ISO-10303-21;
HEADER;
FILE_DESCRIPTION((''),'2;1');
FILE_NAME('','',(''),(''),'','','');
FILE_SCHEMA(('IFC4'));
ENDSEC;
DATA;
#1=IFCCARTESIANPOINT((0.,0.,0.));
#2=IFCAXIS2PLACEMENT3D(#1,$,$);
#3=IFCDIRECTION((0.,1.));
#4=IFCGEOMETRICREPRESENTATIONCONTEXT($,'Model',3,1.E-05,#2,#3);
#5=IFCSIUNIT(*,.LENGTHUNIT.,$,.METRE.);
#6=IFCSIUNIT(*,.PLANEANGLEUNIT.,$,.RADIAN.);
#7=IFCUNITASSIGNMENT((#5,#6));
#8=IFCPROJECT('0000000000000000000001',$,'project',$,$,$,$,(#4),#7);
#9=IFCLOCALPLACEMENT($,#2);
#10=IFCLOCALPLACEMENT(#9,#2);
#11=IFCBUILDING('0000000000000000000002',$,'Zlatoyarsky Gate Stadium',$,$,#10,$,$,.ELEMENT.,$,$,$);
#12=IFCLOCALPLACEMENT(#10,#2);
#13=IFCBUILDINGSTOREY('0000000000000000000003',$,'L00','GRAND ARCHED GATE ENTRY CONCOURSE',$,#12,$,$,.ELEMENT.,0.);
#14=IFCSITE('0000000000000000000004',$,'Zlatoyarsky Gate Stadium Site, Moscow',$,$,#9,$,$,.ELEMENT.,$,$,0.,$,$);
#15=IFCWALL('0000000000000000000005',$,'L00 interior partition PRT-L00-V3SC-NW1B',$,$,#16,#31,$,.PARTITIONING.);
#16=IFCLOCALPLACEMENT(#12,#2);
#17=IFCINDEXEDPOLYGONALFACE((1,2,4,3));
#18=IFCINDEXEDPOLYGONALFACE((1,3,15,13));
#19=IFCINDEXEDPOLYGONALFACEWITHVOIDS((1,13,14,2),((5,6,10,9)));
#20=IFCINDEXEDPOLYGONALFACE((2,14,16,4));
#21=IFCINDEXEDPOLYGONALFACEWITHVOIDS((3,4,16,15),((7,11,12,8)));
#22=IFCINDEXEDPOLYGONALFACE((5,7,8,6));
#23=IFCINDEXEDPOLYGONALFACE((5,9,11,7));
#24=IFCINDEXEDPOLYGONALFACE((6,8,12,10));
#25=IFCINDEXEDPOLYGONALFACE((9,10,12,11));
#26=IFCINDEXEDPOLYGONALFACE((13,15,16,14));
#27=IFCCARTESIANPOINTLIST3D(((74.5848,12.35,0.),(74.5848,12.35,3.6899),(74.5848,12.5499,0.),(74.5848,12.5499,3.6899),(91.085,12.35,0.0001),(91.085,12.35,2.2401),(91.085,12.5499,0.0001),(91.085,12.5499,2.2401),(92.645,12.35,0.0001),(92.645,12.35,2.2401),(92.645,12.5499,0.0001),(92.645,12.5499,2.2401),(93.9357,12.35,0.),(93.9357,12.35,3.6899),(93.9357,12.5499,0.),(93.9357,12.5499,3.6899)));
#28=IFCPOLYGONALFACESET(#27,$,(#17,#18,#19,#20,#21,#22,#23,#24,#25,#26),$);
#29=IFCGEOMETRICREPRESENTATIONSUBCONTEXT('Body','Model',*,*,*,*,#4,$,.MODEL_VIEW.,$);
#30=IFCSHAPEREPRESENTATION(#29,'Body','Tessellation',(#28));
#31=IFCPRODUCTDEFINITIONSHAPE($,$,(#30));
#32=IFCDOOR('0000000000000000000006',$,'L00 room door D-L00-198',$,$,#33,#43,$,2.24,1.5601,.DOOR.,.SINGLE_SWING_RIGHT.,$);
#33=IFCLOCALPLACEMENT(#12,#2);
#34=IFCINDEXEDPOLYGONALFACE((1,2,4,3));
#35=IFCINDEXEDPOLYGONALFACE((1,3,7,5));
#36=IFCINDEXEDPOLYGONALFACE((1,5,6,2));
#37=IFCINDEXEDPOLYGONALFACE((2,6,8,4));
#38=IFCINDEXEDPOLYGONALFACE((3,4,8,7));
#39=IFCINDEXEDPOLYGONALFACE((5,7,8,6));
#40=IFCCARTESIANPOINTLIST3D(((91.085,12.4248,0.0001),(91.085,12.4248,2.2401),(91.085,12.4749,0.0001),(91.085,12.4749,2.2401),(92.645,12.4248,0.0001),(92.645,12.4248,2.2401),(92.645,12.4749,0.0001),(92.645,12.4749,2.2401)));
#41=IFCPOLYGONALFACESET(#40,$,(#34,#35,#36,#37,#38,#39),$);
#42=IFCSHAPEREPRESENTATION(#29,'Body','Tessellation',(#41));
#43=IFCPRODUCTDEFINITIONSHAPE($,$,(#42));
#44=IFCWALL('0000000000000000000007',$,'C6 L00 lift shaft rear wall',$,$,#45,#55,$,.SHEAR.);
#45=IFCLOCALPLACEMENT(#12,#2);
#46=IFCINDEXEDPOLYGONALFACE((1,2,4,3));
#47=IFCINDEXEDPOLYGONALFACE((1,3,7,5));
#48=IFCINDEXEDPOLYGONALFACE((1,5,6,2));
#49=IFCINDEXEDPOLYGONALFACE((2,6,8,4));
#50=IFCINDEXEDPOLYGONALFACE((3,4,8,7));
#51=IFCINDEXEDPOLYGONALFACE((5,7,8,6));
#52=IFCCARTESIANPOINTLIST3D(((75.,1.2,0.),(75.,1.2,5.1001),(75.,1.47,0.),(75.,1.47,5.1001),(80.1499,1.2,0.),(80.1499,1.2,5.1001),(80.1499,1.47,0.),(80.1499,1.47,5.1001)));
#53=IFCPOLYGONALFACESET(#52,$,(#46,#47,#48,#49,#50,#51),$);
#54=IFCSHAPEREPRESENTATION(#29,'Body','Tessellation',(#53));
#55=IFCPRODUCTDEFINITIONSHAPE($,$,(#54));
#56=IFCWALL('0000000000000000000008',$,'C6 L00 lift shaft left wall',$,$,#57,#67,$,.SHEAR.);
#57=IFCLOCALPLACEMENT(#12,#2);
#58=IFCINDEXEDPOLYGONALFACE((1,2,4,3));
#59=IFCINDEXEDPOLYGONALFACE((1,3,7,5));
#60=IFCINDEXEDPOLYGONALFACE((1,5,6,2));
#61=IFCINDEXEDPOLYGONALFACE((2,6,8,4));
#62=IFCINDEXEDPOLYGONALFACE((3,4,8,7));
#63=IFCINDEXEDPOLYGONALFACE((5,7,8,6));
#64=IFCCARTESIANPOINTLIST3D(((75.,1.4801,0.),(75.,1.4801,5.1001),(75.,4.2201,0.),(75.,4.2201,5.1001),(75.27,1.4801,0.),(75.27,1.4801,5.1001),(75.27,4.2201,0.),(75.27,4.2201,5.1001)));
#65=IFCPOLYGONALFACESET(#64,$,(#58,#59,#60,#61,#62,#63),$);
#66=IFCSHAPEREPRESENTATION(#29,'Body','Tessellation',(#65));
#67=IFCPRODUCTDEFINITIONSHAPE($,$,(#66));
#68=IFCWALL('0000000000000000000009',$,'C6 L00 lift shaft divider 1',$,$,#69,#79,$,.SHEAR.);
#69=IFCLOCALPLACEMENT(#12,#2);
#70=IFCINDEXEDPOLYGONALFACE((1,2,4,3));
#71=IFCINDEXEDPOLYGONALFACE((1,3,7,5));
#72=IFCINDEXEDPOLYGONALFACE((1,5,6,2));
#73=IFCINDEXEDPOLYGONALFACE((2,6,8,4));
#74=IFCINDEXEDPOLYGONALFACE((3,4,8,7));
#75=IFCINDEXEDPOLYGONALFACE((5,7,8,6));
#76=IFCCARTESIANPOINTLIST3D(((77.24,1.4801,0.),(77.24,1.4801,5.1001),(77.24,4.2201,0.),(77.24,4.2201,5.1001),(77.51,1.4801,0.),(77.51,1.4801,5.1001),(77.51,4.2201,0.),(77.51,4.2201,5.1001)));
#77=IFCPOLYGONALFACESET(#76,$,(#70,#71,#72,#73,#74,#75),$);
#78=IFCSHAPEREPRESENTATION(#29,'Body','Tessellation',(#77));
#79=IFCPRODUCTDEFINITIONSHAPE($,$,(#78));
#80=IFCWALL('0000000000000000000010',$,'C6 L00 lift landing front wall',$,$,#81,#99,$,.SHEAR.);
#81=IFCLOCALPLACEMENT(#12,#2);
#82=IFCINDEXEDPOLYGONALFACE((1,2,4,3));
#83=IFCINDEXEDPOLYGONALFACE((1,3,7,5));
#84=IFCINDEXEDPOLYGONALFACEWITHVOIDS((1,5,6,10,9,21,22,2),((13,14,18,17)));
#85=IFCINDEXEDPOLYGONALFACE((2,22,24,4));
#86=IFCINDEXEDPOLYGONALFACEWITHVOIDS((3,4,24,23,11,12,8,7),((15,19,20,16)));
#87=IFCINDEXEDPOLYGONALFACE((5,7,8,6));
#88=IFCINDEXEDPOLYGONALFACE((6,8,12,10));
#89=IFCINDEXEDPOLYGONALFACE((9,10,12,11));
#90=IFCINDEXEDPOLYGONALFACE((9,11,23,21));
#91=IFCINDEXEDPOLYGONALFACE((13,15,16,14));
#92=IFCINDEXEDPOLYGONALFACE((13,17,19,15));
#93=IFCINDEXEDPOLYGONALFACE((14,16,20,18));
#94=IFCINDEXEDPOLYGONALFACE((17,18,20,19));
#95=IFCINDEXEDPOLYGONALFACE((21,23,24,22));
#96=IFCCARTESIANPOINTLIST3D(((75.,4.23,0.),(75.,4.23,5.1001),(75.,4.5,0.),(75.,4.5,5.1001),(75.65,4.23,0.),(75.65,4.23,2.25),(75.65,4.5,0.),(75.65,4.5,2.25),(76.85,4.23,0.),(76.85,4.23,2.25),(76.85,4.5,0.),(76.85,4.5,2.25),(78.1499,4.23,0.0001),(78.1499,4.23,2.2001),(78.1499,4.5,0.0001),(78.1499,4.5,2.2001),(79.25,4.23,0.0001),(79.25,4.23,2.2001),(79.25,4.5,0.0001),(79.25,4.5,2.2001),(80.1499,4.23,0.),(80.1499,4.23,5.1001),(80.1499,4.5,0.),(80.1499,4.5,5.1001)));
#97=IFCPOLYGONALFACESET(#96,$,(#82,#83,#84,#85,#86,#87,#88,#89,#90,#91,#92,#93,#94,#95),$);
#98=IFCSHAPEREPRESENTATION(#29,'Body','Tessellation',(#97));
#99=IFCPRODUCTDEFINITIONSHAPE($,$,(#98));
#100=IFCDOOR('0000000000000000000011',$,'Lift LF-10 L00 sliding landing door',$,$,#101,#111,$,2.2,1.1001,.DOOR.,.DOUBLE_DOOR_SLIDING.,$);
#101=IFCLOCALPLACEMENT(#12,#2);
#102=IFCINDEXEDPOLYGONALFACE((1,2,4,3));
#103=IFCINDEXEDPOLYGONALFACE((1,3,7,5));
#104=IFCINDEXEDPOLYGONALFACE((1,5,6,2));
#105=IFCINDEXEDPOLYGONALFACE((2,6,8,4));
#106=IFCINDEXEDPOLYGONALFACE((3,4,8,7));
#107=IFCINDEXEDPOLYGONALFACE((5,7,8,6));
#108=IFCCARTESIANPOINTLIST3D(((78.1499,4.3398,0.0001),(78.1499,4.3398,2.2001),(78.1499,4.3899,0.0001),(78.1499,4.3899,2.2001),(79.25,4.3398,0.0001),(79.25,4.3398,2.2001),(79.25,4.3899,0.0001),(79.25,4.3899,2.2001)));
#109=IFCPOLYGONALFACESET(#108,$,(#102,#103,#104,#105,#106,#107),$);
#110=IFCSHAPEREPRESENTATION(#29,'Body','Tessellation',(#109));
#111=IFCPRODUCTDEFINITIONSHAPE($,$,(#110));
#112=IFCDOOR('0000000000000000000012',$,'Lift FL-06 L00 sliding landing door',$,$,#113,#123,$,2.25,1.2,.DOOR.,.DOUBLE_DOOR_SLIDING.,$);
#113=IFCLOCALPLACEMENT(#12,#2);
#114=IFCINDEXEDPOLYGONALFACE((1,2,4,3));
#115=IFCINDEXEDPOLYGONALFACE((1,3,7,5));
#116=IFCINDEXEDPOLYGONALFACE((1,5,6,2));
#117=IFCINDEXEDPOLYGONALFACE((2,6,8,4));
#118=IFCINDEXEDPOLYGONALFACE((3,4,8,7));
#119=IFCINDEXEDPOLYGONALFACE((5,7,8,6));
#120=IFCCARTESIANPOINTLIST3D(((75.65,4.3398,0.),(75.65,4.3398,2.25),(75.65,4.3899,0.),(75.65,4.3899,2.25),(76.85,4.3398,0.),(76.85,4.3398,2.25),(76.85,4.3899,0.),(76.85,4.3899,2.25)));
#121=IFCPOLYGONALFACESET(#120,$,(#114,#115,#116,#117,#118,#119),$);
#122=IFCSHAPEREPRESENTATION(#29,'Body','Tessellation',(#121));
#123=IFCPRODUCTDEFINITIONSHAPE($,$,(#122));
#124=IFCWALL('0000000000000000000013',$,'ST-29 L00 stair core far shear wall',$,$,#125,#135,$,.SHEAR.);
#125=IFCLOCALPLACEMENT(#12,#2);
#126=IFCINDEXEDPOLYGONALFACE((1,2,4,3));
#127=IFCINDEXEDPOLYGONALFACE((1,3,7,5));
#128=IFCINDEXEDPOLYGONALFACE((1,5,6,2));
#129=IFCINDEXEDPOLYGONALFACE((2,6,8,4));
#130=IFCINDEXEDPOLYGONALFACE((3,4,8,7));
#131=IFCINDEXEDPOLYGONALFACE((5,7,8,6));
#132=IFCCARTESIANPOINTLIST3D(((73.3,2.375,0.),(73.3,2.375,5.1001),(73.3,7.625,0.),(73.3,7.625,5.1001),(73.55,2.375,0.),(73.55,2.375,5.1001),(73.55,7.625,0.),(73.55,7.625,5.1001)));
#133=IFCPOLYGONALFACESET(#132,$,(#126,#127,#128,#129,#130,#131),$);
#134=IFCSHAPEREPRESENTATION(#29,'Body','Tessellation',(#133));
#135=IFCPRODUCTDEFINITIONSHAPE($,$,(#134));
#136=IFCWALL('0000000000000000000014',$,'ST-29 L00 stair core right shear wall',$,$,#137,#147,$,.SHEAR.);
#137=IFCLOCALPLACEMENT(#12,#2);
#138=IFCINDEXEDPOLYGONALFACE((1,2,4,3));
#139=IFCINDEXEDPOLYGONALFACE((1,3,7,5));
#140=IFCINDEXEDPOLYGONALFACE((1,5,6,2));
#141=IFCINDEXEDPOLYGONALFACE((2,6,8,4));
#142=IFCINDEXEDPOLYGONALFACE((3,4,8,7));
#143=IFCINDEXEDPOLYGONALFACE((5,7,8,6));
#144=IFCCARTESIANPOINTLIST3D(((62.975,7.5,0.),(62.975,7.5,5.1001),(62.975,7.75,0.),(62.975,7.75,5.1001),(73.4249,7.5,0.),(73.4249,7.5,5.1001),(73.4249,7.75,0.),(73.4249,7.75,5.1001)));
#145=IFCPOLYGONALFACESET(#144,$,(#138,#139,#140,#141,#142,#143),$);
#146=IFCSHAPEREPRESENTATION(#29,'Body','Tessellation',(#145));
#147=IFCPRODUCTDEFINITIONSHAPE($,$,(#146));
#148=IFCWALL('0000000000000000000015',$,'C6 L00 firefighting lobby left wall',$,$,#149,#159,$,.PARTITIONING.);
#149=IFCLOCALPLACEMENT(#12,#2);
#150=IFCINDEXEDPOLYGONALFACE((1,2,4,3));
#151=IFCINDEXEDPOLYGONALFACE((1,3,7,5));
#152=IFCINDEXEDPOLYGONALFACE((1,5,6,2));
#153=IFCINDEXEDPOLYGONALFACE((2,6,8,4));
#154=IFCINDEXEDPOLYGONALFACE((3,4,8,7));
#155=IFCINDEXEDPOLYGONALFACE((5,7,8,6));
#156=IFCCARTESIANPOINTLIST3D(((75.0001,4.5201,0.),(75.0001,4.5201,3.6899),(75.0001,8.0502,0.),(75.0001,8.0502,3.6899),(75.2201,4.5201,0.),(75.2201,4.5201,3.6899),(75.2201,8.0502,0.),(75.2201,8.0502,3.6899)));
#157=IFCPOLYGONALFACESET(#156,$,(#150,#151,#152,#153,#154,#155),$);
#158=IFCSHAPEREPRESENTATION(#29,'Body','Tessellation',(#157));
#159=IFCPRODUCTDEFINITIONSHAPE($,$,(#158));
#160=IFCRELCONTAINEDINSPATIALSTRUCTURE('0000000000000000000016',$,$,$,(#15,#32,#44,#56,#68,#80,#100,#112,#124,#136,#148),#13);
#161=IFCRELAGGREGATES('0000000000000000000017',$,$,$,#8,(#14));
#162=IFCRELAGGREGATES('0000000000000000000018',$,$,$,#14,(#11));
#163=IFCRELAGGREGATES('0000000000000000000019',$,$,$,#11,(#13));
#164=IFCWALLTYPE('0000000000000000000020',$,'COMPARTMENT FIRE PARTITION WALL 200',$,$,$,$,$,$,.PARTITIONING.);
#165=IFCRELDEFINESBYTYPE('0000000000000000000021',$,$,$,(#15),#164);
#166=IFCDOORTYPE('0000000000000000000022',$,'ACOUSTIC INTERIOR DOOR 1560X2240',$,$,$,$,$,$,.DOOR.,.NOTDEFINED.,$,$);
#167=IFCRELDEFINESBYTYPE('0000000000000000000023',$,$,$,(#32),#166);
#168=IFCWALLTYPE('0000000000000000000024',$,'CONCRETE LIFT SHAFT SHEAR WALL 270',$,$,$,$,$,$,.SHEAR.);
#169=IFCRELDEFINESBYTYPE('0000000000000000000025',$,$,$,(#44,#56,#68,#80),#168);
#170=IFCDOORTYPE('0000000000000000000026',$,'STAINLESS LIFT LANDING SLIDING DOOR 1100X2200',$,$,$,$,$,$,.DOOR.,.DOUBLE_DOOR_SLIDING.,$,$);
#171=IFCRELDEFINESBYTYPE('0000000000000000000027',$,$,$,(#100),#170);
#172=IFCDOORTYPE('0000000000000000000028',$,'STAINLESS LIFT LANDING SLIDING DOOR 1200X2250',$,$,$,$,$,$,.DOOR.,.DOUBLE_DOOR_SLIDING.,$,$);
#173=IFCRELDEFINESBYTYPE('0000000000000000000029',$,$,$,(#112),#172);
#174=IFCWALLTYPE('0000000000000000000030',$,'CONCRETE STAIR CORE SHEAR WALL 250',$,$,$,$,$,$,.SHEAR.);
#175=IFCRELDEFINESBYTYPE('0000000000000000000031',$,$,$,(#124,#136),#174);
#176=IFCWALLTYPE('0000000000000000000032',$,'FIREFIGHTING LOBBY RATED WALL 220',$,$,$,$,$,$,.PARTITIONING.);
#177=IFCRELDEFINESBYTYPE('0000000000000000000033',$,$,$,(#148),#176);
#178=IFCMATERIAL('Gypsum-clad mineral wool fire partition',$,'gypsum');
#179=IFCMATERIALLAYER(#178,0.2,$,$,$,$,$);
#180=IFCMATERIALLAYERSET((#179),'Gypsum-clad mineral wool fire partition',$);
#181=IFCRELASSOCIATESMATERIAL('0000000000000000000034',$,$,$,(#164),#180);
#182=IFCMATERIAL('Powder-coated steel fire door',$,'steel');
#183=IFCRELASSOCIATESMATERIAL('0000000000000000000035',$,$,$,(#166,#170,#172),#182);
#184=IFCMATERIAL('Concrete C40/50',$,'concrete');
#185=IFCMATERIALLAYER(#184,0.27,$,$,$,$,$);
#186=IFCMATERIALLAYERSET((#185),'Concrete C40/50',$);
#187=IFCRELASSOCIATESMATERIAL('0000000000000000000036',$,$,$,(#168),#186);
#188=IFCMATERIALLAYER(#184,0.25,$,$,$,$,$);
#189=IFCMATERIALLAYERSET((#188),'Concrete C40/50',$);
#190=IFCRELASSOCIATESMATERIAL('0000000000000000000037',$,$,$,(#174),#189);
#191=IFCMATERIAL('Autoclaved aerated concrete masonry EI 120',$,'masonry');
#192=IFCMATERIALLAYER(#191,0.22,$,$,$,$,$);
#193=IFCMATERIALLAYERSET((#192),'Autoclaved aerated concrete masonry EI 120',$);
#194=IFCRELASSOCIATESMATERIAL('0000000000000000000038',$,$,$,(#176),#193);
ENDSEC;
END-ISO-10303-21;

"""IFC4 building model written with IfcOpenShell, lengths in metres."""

from ifc_helpers import new_model, si_unit, direction, frame, frame_2d, origin, place, context, subcontext, project, spatial, rectangle, extrude, material, layer, layer_set, type_object, element, fill, save


model = new_model("IFC4")

# Units and contexts
model_context = context("Model", 3, precision=1e-05, world=origin(), true_north=direction((0.0, 1.0)))
body_context = subcontext(model_context, "Body", "Model", "MODEL_VIEW")
ifc_project = project(units=[si_unit("LENGTHUNIT", "METRE"), si_unit("PLANEANGLEUNIT", "RADIAN")], contexts=[model_context])

# Site, building, storey
site_placement = place(None, origin())
site = spatial("IfcSite", under=ifc_project, at=site_placement, Name="Zlatoyarsky Gate Stadium Site, Moscow", CompositionType="ELEMENT", RefElevation=0.0)
building_placement = place(site_placement, origin())
building = spatial("IfcBuilding", under=site, at=building_placement, Name="Zlatoyarsky Gate Stadium", CompositionType="ELEMENT")
storey_placement = place(building_placement, origin())
storey = spatial("IfcBuildingStorey", under=building, at=storey_placement, Name="L00", Description="GRAND ARCHED GATE ENTRY CONCOURSE", CompositionType="ELEMENT", Elevation=0.0)

# Shared definitions
ifc_material_1 = material(Name="Concrete C40/50", Category="concrete")

# Wall, opening, door
ifc_material_2 = material(Name="Gypsum-clad mineral wool fire partition", Category="gypsum")
ifc_layer_1 = layer(ifc_material_2, 0.2)
ifc_layer_set_1 = layer_set([ifc_layer_1], Name="Gypsum-clad mineral wool fire partition")
wall_type_1 = type_object("IfcWallType", Name="COMPARTMENT FIRE PARTITION WALL 200", PredefinedType="PARTITIONING", material=ifc_layer_set_1)
wall_1_placement = place(storey_placement, frame((74.585, 12.45, 0.0), z_axis=(0.0, 0.0, 1.0), x_axis=(1.0, 0.0, 0.0)))
wall_1 = element("IfcWall", 1, at=wall_1_placement, inside=storey, type_object=wall_type_1, Name="L00 interior partition PRT-L00-V3SC-NW1B", PredefinedType="PARTITIONING", context=body_context, shape_type="SweptSolid", body=[
    extrude(rectangle(XDim=19.3508, YDim=0.2, at=frame_2d((9.6753, 0.0))), origin(), (0.0, 0.0, 1.0), 3.6899),
])
opening_1_placement = place(wall_1_placement, frame((16.5, 0.0, 0.0)))
opening_1 = element("IfcOpeningElement", 2, at=opening_1_placement, cuts=wall_1, PredefinedType="OPENING", context=body_context, shape_type="SweptSolid", body=[
    extrude(rectangle(XDim=1.5601, YDim=2.24, at=frame_2d((0.78, 1.1201))), frame((0.0, 0.1099, 0.0), z_axis=(0.0, -1.0, 0.0), x_axis=(1.0, 0.0, 0.0)), (0.0, 0.0, 1.0), 0.22),
])
ifc_material_3 = material(Name="Powder-coated steel fire door", Category="steel")
door_type_1 = type_object("IfcDoorType", Name="ACOUSTIC INTERIOR DOOR 1560X2240", OperationType="NOTDEFINED", PredefinedType="DOOR", material=ifc_material_3)
door_1_placement = place(opening_1_placement, origin())
door_1 = element("IfcDoor", 3, at=door_1_placement, inside=storey, type_object=door_type_1, Name="L00 room door D-L00-198", OperationType="SINGLE_SWING_RIGHT", OverallHeight=2.24, OverallWidth=1.5601, PredefinedType="DOOR", context=body_context, shape_type="SweptSolid", body=[
    extrude(rectangle(XDim=1.5601, YDim=2.24, at=frame_2d((0.78, 1.1201))), frame((0.0, 0.0249, 0.0), z_axis=(0.0, -1.0, 0.0), x_axis=(1.0, 0.0, 0.0)), (0.0, 0.0, 1.0), 0.05),
])
fill(opening_1, door_1)

# Walls
ifc_layer_2 = layer(ifc_material_1, 0.27)
ifc_layer_set_2 = layer_set([ifc_layer_2], Name="Concrete C40/50")
wall_type_2 = type_object("IfcWallType", Name="CONCRETE LIFT SHAFT SHEAR WALL 270", PredefinedType="SHEAR", material=ifc_layer_set_2)
wall_2_placement = place(storey_placement, frame((75.0, 1.335, 0.0), z_axis=(0.0, 0.0, 1.0), x_axis=(1.0, 0.0, 0.0)))
element("IfcWall", 4, at=wall_2_placement, inside=storey, type_object=wall_type_2, Name="C6 L00 lift shaft rear wall", PredefinedType="SHEAR", context=body_context, shape_type="SweptSolid", body=[
    extrude(rectangle(XDim=5.1499, YDim=0.27, at=frame_2d((2.575, 0.0))), origin(), (0.0, 0.0, 1.0), 5.1001),
])
for number, where, z_axis, x_axis, name in (
    (5, (75.135, 1.48, 0.0), (0.0, 0.0, 1.0), (0.0, 1.0, 0.0), "C6 L00 lift shaft left wall"),
    (6, (77.375, 1.48, 0.0), (0.0, 0.0, 1.0), (0.0, 1.0, 0.0), "C6 L00 lift shaft divider 1"),
):
    element("IfcWall", number, at=place(storey_placement, frame(where, z_axis=z_axis, x_axis=x_axis)), inside=storey, type_object=wall_type_2, Name=name, PredefinedType="SHEAR", context=body_context, shape_type="SweptSolid", body=[
        extrude(rectangle(XDim=2.74, YDim=0.27, at=frame_2d((1.3701, 0.0))), origin(), (0.0, 0.0, 1.0), 5.1001),
    ])

# Wall, openings, doors
wall_3_placement = place(storey_placement, frame((75.0, 4.365, 0.0), z_axis=(0.0, 0.0, 1.0), x_axis=(1.0, 0.0, 0.0)))
wall_3 = element("IfcWall", 7, at=wall_3_placement, inside=storey, type_object=wall_type_2, Name="C6 L00 lift landing front wall", PredefinedType="SHEAR", context=body_context, shape_type="SweptSolid", body=[
    extrude(rectangle(XDim=5.1499, YDim=0.27, at=frame_2d((2.575, 0.0))), origin(), (0.0, 0.0, 1.0), 5.1001),
])
opening_2_placement = place(wall_3_placement, frame((0.6499, 0.0, 0.0)))
opening_2 = element("IfcOpeningElement", 8, at=opening_2_placement, cuts=wall_3, PredefinedType="OPENING", context=body_context, shape_type="SweptSolid", body=[
    extrude(rectangle(XDim=1.2, YDim=2.25, at=frame_2d((0.6001, 1.125))), frame((0.0, 0.145, 0.0), z_axis=(0.0, -1.0, 0.0), x_axis=(1.0, 0.0, 0.0)), (0.0, 0.0, 1.0), 0.29),
])
opening_3_placement = place(wall_3_placement, frame((3.1499, 0.0, 0.0)))
opening_3 = element("IfcOpeningElement", 9, at=opening_3_placement, cuts=wall_3, PredefinedType="OPENING", context=body_context, shape_type="SweptSolid", body=[
    extrude(rectangle(XDim=1.1001, YDim=2.2, at=frame_2d((0.55, 1.1001))), frame((0.0, 0.145, 0.0), z_axis=(0.0, -1.0, 0.0), x_axis=(1.0, 0.0, 0.0)), (0.0, 0.0, 1.0), 0.29),
])
door_type_2 = type_object("IfcDoorType", Name="STAINLESS LIFT LANDING SLIDING DOOR 1100X2200", OperationType="DOUBLE_DOOR_SLIDING", PredefinedType="DOOR", material=ifc_material_3)
door_2_placement = place(opening_3_placement, origin())
door_2 = element("IfcDoor", 10, at=door_2_placement, inside=storey, type_object=door_type_2, Name="Lift LF-10 L00 sliding landing door", OperationType="DOUBLE_DOOR_SLIDING", OverallHeight=2.2, OverallWidth=1.1001, PredefinedType="DOOR", context=body_context, shape_type="SweptSolid", body=[
    extrude(rectangle(XDim=1.1001, YDim=2.2, at=frame_2d((0.55, 1.1001))), frame((0.0, 0.0249, 0.0), z_axis=(0.0, -1.0, 0.0), x_axis=(1.0, 0.0, 0.0)), (0.0, 0.0, 1.0), 0.05),
])
fill(opening_3, door_2)
door_type_3 = type_object("IfcDoorType", Name="STAINLESS LIFT LANDING SLIDING DOOR 1200X2250", OperationType="DOUBLE_DOOR_SLIDING", PredefinedType="DOOR", material=ifc_material_3)
door_3_placement = place(opening_2_placement, origin())
door_3 = element("IfcDoor", 11, at=door_3_placement, inside=storey, type_object=door_type_3, Name="Lift FL-06 L00 sliding landing door", OperationType="DOUBLE_DOOR_SLIDING", OverallHeight=2.25, OverallWidth=1.2, PredefinedType="DOOR", context=body_context, shape_type="SweptSolid", body=[
    extrude(rectangle(XDim=1.2, YDim=2.25, at=frame_2d((0.6001, 1.125))), frame((0.0, 0.0249, 0.0), z_axis=(0.0, -1.0, 0.0), x_axis=(1.0, 0.0, 0.0)), (0.0, 0.0, 1.0), 0.05),
])
fill(opening_2, door_3)

# Walls
ifc_layer_3 = layer(ifc_material_1, 0.25)
ifc_layer_set_3 = layer_set([ifc_layer_3], Name="Concrete C40/50")
wall_type_3 = type_object("IfcWallType", Name="CONCRETE STAIR CORE SHEAR WALL 250", PredefinedType="SHEAR", material=ifc_layer_set_3)
wall_4_placement = place(storey_placement, frame((73.425, 2.375, 0.0), z_axis=(0.0, 0.0, 1.0), x_axis=(0.0, 1.0, 0.0)))
element("IfcWall", 12, at=wall_4_placement, inside=storey, type_object=wall_type_3, Name="ST-29 L00 stair core far shear wall", PredefinedType="SHEAR", context=body_context, shape_type="SweptSolid", body=[
    extrude(rectangle(XDim=5.25, YDim=0.25, at=frame_2d((2.625, 0.0))), origin(), (0.0, 0.0, 1.0), 5.1001),
])
wall_5_placement = place(storey_placement, frame((73.425, 7.625, 0.0), z_axis=(0.0, 0.0, 1.0), x_axis=(-1.0, 0.0, 0.0)))
element("IfcWall", 13, at=wall_5_placement, inside=storey, type_object=wall_type_3, Name="ST-29 L00 stair core right shear wall", PredefinedType="SHEAR", context=body_context, shape_type="SweptSolid", body=[
    extrude(rectangle(XDim=10.45, YDim=0.25, at=frame_2d((5.2251, 0.0))), origin(), (0.0, 0.0, 1.0), 5.1001),
])
ifc_material_4 = material(Name="Autoclaved aerated concrete masonry EI 120", Category="masonry")
ifc_layer_4 = layer(ifc_material_4, 0.22)
ifc_layer_set_4 = layer_set([ifc_layer_4], Name="Autoclaved aerated concrete masonry EI 120")
wall_type_4 = type_object("IfcWallType", Name="FIREFIGHTING LOBBY RATED WALL 220", PredefinedType="PARTITIONING", material=ifc_layer_set_4)
wall_6_placement = place(storey_placement, frame((75.1101, 4.52, 0.0), z_axis=(0.0, 0.0, 1.0), x_axis=(0.0, 1.0, 0.0)))
element("IfcWall", 14, at=wall_6_placement, inside=storey, type_object=wall_type_4, Name="C6 L00 firefighting lobby left wall", PredefinedType="PARTITIONING", context=body_context, shape_type="SweptSolid", body=[
    extrude(rectangle(XDim=3.53, YDim=0.22, at=frame_2d((1.7651, 0.0))), origin(), (0.0, 0.0, 1.0), 3.6899),
])

save(model, "model.ifc")
